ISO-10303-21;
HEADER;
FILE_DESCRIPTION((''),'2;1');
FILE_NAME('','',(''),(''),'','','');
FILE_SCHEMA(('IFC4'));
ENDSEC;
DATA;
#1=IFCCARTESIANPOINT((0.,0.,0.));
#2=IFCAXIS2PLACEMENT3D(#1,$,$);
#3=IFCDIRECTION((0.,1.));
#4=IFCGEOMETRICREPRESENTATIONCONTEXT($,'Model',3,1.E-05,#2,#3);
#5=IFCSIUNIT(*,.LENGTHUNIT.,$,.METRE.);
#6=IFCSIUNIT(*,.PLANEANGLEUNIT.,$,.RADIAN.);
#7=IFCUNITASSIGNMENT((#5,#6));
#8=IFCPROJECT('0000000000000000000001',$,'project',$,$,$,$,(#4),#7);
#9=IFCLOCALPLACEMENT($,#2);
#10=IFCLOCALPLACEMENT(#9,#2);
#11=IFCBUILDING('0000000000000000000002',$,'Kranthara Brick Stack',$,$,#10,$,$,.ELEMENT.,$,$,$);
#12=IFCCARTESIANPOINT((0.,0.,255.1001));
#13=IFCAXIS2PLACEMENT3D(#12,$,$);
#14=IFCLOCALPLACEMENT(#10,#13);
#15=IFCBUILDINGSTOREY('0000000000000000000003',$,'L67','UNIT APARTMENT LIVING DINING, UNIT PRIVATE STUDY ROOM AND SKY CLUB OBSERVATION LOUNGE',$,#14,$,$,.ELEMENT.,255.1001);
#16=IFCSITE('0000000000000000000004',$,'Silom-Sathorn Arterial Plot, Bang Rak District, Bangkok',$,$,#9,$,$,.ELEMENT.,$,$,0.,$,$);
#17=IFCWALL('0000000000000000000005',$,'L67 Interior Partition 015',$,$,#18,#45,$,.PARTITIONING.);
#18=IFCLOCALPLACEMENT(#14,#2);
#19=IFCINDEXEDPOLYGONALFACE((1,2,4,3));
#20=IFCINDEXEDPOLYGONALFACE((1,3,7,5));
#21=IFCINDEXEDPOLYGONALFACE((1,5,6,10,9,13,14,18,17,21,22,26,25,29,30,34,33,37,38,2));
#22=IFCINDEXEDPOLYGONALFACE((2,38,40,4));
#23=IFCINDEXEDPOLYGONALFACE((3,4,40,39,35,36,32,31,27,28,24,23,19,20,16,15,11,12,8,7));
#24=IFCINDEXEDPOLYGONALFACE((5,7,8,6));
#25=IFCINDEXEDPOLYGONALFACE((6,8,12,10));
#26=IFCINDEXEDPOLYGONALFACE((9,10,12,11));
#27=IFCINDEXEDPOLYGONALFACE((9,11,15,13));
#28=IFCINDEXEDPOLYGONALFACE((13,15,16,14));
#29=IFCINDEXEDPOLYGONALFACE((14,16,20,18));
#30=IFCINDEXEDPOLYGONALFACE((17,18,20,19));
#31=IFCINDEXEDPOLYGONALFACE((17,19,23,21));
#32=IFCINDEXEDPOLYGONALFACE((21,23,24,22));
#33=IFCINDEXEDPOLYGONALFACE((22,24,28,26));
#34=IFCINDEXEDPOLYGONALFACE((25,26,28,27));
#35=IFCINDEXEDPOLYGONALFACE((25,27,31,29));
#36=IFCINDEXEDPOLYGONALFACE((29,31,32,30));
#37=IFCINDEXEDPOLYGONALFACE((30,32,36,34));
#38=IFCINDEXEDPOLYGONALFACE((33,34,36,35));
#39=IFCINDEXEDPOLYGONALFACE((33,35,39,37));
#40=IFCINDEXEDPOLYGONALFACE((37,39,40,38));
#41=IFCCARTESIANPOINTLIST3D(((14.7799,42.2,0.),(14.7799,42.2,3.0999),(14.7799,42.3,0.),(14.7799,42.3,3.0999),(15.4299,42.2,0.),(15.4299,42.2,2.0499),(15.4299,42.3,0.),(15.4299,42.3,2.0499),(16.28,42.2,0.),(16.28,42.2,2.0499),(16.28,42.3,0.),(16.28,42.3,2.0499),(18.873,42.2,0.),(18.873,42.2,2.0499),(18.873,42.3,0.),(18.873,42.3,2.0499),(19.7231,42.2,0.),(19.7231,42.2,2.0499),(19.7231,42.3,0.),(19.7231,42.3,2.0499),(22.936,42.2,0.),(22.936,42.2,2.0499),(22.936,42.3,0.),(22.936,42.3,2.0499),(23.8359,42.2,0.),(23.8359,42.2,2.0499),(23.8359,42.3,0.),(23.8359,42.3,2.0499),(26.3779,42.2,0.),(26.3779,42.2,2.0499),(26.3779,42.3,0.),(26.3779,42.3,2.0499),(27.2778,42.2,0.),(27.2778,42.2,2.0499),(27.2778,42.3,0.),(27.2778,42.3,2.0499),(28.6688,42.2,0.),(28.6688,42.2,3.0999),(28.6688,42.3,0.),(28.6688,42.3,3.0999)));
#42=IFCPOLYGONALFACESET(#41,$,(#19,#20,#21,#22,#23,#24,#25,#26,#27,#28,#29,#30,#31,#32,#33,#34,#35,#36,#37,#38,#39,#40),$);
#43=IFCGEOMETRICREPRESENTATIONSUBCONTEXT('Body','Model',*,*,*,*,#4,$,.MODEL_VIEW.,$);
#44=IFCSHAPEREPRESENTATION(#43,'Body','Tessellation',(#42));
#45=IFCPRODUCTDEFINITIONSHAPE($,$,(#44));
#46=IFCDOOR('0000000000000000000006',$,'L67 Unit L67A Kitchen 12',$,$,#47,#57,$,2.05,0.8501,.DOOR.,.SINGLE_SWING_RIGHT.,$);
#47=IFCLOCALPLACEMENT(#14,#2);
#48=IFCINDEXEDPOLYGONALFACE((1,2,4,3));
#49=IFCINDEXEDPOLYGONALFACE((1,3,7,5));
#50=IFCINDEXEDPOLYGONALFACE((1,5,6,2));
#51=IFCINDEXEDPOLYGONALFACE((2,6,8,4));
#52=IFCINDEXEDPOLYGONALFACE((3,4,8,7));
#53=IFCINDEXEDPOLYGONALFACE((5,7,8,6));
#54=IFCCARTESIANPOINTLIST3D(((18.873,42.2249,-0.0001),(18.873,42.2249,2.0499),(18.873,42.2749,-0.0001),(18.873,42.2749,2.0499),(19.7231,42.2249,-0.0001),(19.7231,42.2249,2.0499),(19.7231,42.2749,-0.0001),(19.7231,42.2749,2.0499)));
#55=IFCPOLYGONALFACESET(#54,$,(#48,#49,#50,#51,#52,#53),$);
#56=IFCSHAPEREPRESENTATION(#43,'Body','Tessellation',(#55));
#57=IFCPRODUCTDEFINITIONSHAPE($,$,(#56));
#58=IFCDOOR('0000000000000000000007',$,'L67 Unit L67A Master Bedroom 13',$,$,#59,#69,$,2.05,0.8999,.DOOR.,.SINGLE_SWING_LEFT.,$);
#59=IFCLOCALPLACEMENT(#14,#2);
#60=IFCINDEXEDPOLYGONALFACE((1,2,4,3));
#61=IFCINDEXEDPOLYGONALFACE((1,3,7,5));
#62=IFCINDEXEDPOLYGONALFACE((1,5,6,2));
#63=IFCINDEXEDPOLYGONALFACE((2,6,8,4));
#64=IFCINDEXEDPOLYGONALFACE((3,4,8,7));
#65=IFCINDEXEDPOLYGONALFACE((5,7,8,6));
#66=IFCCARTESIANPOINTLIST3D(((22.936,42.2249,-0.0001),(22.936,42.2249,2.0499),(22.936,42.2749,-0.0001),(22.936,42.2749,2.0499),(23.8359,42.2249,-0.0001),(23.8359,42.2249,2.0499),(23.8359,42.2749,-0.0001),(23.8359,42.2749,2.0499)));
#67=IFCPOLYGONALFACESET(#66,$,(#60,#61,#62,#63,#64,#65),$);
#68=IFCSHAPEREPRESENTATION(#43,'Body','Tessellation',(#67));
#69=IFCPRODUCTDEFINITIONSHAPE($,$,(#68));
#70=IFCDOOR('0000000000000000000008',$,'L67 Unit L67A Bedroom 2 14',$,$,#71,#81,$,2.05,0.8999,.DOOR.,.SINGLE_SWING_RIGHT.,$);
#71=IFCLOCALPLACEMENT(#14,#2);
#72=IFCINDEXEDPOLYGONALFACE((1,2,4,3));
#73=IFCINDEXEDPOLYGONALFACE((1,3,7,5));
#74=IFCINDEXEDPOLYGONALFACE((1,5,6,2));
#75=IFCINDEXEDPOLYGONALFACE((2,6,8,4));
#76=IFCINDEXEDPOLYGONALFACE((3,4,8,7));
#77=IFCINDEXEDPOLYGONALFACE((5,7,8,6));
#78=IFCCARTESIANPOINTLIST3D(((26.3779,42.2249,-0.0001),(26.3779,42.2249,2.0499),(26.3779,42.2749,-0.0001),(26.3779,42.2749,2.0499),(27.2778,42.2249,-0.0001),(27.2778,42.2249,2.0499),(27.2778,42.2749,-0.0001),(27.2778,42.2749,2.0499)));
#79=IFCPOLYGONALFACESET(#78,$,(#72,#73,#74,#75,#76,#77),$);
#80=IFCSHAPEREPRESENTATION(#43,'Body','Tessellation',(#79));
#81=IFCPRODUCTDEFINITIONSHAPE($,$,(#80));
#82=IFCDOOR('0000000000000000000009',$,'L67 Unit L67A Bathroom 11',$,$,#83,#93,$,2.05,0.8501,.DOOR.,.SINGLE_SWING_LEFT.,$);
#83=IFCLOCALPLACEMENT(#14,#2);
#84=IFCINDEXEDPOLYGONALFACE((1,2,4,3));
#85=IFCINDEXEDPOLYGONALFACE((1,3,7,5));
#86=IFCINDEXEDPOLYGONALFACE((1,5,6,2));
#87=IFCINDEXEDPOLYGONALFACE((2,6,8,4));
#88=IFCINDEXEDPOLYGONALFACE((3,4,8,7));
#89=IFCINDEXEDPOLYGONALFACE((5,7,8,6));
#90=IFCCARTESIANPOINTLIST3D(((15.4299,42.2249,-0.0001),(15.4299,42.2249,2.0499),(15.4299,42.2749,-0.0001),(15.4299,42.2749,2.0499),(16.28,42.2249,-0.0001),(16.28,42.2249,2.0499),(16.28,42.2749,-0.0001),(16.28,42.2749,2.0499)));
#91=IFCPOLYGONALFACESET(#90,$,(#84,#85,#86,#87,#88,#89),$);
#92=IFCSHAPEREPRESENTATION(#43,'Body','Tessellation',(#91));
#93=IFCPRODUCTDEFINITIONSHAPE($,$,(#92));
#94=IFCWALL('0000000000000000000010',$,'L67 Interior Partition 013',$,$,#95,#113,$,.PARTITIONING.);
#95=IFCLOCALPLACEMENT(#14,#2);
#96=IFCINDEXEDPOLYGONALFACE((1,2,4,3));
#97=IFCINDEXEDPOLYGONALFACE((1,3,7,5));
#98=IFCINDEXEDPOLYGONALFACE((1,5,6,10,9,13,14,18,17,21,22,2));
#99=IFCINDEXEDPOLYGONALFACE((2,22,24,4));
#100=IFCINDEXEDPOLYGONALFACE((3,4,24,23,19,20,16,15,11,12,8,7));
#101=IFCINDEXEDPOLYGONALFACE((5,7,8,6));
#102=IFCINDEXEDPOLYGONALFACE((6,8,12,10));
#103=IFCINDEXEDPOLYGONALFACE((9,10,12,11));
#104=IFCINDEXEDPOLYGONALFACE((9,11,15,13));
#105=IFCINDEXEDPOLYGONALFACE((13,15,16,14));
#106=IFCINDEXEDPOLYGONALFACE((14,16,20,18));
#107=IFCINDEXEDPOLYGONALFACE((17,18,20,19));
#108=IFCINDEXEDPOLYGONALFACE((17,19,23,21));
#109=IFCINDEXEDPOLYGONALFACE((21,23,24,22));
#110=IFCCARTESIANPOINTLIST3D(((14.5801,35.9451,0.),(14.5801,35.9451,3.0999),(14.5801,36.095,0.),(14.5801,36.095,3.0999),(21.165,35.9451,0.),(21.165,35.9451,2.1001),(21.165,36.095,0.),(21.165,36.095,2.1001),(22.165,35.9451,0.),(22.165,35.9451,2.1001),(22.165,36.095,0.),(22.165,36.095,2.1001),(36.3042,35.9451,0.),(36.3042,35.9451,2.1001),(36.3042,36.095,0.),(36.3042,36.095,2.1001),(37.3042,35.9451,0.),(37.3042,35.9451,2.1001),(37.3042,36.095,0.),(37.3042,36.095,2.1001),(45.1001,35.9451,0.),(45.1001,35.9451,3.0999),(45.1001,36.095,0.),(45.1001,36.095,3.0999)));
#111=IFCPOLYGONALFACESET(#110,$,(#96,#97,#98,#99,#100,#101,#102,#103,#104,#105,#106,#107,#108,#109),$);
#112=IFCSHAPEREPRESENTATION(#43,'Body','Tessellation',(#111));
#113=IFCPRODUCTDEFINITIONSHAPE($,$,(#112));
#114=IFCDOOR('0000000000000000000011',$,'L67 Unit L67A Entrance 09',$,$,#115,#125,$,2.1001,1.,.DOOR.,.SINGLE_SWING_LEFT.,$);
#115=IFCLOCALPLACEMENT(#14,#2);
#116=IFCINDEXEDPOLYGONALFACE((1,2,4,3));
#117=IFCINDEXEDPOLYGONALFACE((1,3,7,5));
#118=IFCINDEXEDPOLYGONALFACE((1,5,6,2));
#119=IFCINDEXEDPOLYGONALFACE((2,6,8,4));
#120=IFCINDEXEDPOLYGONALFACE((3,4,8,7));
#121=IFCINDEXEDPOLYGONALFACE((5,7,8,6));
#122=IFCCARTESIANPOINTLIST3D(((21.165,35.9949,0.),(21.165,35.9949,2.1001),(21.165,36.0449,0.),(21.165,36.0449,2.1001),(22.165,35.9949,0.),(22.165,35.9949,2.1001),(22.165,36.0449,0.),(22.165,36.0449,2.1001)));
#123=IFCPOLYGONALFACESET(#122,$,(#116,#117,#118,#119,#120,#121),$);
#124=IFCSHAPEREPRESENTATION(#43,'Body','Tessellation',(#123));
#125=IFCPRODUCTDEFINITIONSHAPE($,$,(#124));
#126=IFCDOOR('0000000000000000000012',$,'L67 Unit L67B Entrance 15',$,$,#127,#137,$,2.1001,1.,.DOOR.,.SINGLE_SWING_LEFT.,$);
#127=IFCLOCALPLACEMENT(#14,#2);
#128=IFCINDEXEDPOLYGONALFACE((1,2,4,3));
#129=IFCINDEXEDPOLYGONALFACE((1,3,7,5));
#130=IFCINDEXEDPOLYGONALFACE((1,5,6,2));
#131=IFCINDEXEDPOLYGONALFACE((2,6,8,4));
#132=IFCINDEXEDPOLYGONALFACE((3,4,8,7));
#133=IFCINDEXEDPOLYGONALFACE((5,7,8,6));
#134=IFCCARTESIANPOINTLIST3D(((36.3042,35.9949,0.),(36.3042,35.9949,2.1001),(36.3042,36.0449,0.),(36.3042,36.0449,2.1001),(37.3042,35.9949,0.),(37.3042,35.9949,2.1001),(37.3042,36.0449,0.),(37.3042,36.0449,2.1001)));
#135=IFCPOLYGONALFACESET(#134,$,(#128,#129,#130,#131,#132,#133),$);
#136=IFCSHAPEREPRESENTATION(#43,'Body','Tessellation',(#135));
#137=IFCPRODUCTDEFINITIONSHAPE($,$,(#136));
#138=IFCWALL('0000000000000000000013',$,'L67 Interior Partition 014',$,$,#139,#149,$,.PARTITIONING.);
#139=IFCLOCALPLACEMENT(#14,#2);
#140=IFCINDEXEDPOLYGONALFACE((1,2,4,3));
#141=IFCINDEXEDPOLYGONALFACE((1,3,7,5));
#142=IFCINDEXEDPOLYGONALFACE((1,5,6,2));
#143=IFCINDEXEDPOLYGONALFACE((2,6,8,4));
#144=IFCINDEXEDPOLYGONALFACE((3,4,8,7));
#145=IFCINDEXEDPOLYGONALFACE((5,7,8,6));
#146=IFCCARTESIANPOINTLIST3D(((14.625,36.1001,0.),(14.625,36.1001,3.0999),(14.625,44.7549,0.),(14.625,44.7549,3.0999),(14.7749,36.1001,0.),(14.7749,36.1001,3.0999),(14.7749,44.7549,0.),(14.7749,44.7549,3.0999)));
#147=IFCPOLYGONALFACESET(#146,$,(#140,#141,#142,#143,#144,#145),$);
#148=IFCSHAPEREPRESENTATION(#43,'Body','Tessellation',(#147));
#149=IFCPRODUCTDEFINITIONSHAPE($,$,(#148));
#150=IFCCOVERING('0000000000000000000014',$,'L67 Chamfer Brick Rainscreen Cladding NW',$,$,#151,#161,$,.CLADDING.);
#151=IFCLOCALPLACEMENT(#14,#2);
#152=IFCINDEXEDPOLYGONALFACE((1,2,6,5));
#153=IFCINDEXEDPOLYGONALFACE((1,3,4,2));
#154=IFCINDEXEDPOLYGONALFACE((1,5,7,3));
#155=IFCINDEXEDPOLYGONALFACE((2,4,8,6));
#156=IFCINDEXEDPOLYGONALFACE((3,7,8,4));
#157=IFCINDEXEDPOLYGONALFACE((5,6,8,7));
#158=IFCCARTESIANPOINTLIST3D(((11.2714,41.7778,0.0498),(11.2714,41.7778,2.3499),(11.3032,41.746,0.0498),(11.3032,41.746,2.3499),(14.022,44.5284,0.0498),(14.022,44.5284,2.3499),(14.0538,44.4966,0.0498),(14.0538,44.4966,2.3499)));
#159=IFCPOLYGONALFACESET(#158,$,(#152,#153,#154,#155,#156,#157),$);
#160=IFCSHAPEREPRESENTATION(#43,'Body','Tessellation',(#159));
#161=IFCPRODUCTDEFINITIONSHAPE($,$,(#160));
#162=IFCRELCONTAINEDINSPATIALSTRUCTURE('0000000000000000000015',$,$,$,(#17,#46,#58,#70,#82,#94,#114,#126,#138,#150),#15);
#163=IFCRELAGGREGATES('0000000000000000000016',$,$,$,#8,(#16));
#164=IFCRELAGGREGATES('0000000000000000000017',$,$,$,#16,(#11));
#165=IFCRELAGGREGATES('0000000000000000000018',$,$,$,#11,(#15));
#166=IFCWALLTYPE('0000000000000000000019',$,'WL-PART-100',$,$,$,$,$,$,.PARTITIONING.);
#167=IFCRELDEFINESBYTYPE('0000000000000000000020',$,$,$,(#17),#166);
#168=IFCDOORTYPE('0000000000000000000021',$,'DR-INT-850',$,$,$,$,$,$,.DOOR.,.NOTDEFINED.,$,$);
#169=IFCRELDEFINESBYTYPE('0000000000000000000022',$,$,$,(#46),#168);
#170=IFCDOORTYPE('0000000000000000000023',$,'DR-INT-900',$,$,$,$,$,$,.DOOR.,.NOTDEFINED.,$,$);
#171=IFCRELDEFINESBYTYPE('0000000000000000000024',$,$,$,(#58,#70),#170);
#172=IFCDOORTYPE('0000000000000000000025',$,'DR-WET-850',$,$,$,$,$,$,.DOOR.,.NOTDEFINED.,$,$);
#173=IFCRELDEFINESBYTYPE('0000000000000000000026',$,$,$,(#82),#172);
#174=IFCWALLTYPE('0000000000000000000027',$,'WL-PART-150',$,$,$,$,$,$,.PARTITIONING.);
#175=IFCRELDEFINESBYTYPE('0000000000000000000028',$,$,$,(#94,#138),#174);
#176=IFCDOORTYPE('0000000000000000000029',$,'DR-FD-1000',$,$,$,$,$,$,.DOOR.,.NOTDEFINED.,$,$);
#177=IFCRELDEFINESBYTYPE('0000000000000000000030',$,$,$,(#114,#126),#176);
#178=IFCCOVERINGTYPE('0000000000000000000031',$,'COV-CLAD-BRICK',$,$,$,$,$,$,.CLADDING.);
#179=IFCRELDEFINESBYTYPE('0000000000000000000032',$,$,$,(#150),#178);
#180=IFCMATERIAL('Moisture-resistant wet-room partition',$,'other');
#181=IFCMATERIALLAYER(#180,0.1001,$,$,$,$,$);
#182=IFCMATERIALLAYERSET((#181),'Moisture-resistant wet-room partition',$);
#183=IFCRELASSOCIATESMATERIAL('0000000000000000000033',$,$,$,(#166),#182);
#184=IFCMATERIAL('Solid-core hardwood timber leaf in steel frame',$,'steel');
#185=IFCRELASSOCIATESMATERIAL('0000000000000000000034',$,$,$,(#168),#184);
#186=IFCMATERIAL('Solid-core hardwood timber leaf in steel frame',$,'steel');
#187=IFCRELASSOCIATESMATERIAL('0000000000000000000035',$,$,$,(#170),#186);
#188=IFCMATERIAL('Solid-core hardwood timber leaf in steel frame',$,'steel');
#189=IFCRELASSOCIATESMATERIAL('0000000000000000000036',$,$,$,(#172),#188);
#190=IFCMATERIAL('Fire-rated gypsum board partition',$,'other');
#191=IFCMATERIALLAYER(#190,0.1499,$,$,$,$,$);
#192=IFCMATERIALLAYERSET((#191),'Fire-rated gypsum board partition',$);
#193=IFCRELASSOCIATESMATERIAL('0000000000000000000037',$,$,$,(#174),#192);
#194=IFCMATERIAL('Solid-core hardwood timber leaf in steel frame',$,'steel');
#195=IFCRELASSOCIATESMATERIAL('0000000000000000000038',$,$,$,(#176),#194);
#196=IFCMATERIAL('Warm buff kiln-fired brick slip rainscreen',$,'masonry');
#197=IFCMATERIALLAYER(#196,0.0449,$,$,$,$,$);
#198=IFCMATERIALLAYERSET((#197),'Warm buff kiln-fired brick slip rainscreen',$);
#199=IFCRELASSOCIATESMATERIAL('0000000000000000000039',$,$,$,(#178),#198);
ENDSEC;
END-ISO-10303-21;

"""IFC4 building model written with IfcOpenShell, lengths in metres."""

from ifc_helpers import new_model, si_unit, direction, frame, frame_2d, origin, origin_2d, place, context, subcontext, project, spatial, rectangle, extrude, material, layer, layer_set, type_object, element, fill, save


model = new_model("IFC4")

# Units and contexts
model_context = context("Model", 3, precision=1e-05, world=origin(), true_north=direction((0.0, 1.0)))
body_context = subcontext(model_context, "Body", "Model", "MODEL_VIEW")
ifc_project = project(units=[si_unit("LENGTHUNIT", "METRE"), si_unit("PLANEANGLEUNIT", "RADIAN")], contexts=[model_context])

# Site, building, storey
site_placement = place(None, origin())
site = spatial("IfcSite", under=ifc_project, at=site_placement, Name="Silom-Sathorn Arterial Plot, Bang Rak District, Bangkok", CompositionType="ELEMENT", RefElevation=0.0)
building_placement = place(site_placement, origin())
building = spatial("IfcBuilding", under=site, at=building_placement, Name="Kranthara Brick Stack", CompositionType="ELEMENT")
storey_placement = place(building_placement, frame((0.0, 0.0, 255.1001)))
storey = spatial("IfcBuildingStorey", under=building, at=storey_placement, Name="L67", Description="UNIT APARTMENT LIVING DINING, UNIT PRIVATE STUDY ROOM AND SKY CLUB OBSERVATION LOUNGE", CompositionType="ELEMENT", Elevation=255.1001)

# Walls, openings, doors
ifc_material_1 = material(Name="Moisture-resistant wet-room partition", Category="other")
ifc_layer_1 = layer(ifc_material_1, 0.1001)
ifc_layer_set_1 = layer_set([ifc_layer_1], Name="Moisture-resistant wet-room partition")
wall_type_1 = type_object("IfcWallType", Name="WL-PART-100", PredefinedType="PARTITIONING", material=ifc_layer_set_1)
wall_1_placement = place(storey_placement, frame((14.78, 42.25, 0.0), z_axis=(0.0, 0.0, 1.0), x_axis=(1.0, 0.0, 0.0)))
wall_1 = element("IfcWall", 1, at=wall_1_placement, inside=storey, type_object=wall_type_1, Name="L67 Interior Partition 015", PredefinedType="PARTITIONING", context=body_context, shape_type="SweptSolid", body=[
    extrude(rectangle(XDim=13.8889, YDim=0.1001, at=frame_2d((6.9443, 0.0))), origin(), (0.0, 0.0, 1.0), 3.0999),
])
opening_1_placement = place(wall_1_placement, frame((0.6499, 0.0, 0.0)))
opening_1 = element("IfcOpeningElement", 2, at=opening_1_placement, cuts=wall_1, PredefinedType="OPENING", context=body_context, shape_type="SweptSolid", body=[
    extrude(rectangle(XDim=0.8501, YDim=2.05, at=frame_2d((0.425, 1.0249))), frame((0.0, 0.0601, 0.0), z_axis=(0.0, -1.0, 0.0), x_axis=(1.0, 0.0, 0.0)), (0.0, 0.0, 1.0), 0.1201),
])
opening_2_placement = place(wall_1_placement, frame((4.093, 0.0, 0.0)))
opening_2 = element("IfcOpeningElement", 3, at=opening_2_placement, cuts=wall_1, PredefinedType="OPENING", context=body_context, shape_type="SweptSolid", body=[
    extrude(rectangle(XDim=0.8501, YDim=2.05, at=frame_2d((0.425, 1.0249))), frame((0.0, 0.0601, 0.0), z_axis=(0.0, -1.0, 0.0), x_axis=(1.0, 0.0, 0.0)), (0.0, 0.0, 1.0), 0.1201),
])
opening_3_placement = place(wall_1_placement, frame((8.156, 0.0, 0.0)))
opening_3 = element("IfcOpeningElement", 4, at=opening_3_placement, cuts=wall_1, PredefinedType="OPENING", context=body_context, shape_type="SweptSolid", body=[
    extrude(rectangle(XDim=0.8999, YDim=2.05, at=frame_2d((0.45, 1.0249))), frame((0.0, 0.0601, 0.0), z_axis=(0.0, -1.0, 0.0), x_axis=(1.0, 0.0, 0.0)), (0.0, 0.0, 1.0), 0.1201),
])
opening_4_placement = place(wall_1_placement, frame((11.5979, 0.0, 0.0)))
opening_4 = element("IfcOpeningElement", 5, at=opening_4_placement, cuts=wall_1, PredefinedType="OPENING", context=body_context, shape_type="SweptSolid", body=[
    extrude(rectangle(XDim=0.8999, YDim=2.05, at=frame_2d((0.45, 1.0249))), frame((0.0, 0.0601, 0.0), z_axis=(0.0, -1.0, 0.0), x_axis=(1.0, 0.0, 0.0)), (0.0, 0.0, 1.0), 0.1201),
])
ifc_material_2 = material(Name="Solid-core hardwood timber leaf in steel frame", Category="steel")
door_type_1 = type_object("IfcDoorType", Name="DR-INT-850", OperationType="NOTDEFINED", PredefinedType="DOOR", material=ifc_material_2)
door_1_placement = place(opening_2_placement, origin())
door_1 = element("IfcDoor", 6, at=door_1_placement, inside=storey, type_object=door_type_1, Name="L67 Unit L67A Kitchen 12", OperationType="SINGLE_SWING_RIGHT", OverallHeight=2.05, OverallWidth=0.8501, PredefinedType="DOOR", context=body_context, shape_type="SweptSolid", body=[
    extrude(rectangle(XDim=0.8501, YDim=2.05, at=frame_2d((0.425, 1.0249))), frame((0.0, 0.0249, 0.0), z_axis=(0.0, -1.0, 0.0), x_axis=(1.0, 0.0, 0.0)), (0.0, 0.0, 1.0), 0.05),
])
fill(opening_2, door_1)
ifc_material_3 = material(Name="Solid-core hardwood timber leaf in steel frame", Category="steel")
door_type_2 = type_object("IfcDoorType", Name="DR-INT-900", OperationType="NOTDEFINED", PredefinedType="DOOR", material=ifc_material_3)
door_2_placement = place(opening_3_placement, origin())
door_2 = element("IfcDoor", 7, at=door_2_placement, inside=storey, type_object=door_type_2, Name="L67 Unit L67A Master Bedroom 13", OperationType="SINGLE_SWING_LEFT", OverallHeight=2.05, OverallWidth=0.8999, PredefinedType="DOOR", context=body_context, shape_type="SweptSolid", body=[
    extrude(rectangle(XDim=0.8999, YDim=2.05, at=frame_2d((0.45, 1.0249))), frame((0.0, 0.0249, 0.0), z_axis=(0.0, -1.0, 0.0), x_axis=(1.0, 0.0, 0.0)), (0.0, 0.0, 1.0), 0.05),
])
fill(opening_3, door_2)
door_3_placement = place(opening_4_placement, origin())
door_3 = element("IfcDoor", 8, at=door_3_placement, inside=storey, type_object=door_type_2, Name="L67 Unit L67A Bedroom 2 14", OperationType="SINGLE_SWING_RIGHT", OverallHeight=2.05, OverallWidth=0.8999, PredefinedType="DOOR", context=body_context, shape_type="SweptSolid", body=[
    extrude(rectangle(XDim=0.8999, YDim=2.05, at=frame_2d((0.45, 1.0249))), frame((0.0, 0.0249, 0.0), z_axis=(0.0, -1.0, 0.0), x_axis=(1.0, 0.0, 0.0)), (0.0, 0.0, 1.0), 0.05),
])
fill(opening_4, door_3)
ifc_material_4 = material(Name="Solid-core hardwood timber leaf in steel frame", Category="steel")
door_type_3 = type_object("IfcDoorType", Name="DR-WET-850", OperationType="NOTDEFINED", PredefinedType="DOOR", material=ifc_material_4)
door_4_placement = place(opening_1_placement, origin())
door_4 = element("IfcDoor", 9, at=door_4_placement, inside=storey, type_object=door_type_3, Name="L67 Unit L67A Bathroom 11", OperationType="SINGLE_SWING_LEFT", OverallHeight=2.05, OverallWidth=0.8501, PredefinedType="DOOR", context=body_context, shape_type="SweptSolid", body=[
    extrude(rectangle(XDim=0.8501, YDim=2.05, at=frame_2d((0.425, 1.0249))), frame((0.0, 0.0249, 0.0), z_axis=(0.0, -1.0, 0.0), x_axis=(1.0, 0.0, 0.0)), (0.0, 0.0, 1.0), 0.05),
])
fill(opening_1, door_4)
ifc_material_5 = material(Name="Fire-rated gypsum board partition", Category="other")
ifc_layer_2 = layer(ifc_material_5, 0.1499)
ifc_layer_set_2 = layer_set([ifc_layer_2], Name="Fire-rated gypsum board partition")
wall_type_2 = type_object("IfcWallType", Name="WL-PART-150", PredefinedType="PARTITIONING", material=ifc_layer_set_2)
wall_2_placement = place(storey_placement, frame((14.5801, 36.02, 0.0), z_axis=(0.0, 0.0, 1.0), x_axis=(1.0, 0.0, 0.0)))
wall_2 = element("IfcWall", 10, at=wall_2_placement, inside=storey, type_object=wall_type_2, Name="L67 Interior Partition 013", PredefinedType="PARTITIONING", context=body_context, shape_type="SweptSolid", body=[
    extrude(rectangle(XDim=30.52, YDim=0.1499, at=frame_2d((15.26, 0.0))), origin(), (0.0, 0.0, 1.0), 3.0999),
])
opening_5_placement = place(wall_2_placement, frame((6.585, 0.0, 0.0)))
opening_5 = element("IfcOpeningElement", 11, at=opening_5_placement, cuts=wall_2, PredefinedType="OPENING", context=body_context, shape_type="SweptSolid", body=[
    extrude(rectangle(XDim=1.0, YDim=2.1001, at=frame_2d((0.5, 1.05))), frame((0.0, 0.085, 0.0), z_axis=(0.0, -1.0, 0.0), x_axis=(1.0, 0.0, 0.0)), (0.0, 0.0, 1.0), 0.1699),
])
opening_6_placement = place(wall_2_placement, frame((21.7241, 0.0, 0.0)))
opening_6 = element("IfcOpeningElement", 12, at=opening_6_placement, cuts=wall_2, PredefinedType="OPENING", context=body_context, shape_type="SweptSolid", body=[
    extrude(rectangle(XDim=1.0, YDim=2.1001, at=frame_2d((0.5, 1.05))), frame((0.0, 0.085, 0.0), z_axis=(0.0, -1.0, 0.0), x_axis=(1.0, 0.0, 0.0)), (0.0, 0.0, 1.0), 0.1699),
])
ifc_material_6 = material(Name="Solid-core hardwood timber leaf in steel frame", Category="steel")
door_type_4 = type_object("IfcDoorType", Name="DR-FD-1000", OperationType="NOTDEFINED", PredefinedType="DOOR", material=ifc_material_6)
door_5_placement = place(opening_5_placement, origin())
door_5 = element("IfcDoor", 13, at=door_5_placement, inside=storey, type_object=door_type_4, Name="L67 Unit L67A Entrance 09", OperationType="SINGLE_SWING_LEFT", OverallHeight=2.1001, OverallWidth=1.0, PredefinedType="DOOR", context=body_context, shape_type="SweptSolid", body=[
    extrude(rectangle(XDim=1.0, YDim=2.1001, at=frame_2d((0.5, 1.05))), frame((0.0, 0.0249, 0.0), z_axis=(0.0, -1.0, 0.0), x_axis=(1.0, 0.0, 0.0)), (0.0, 0.0, 1.0), 0.05),
])
fill(opening_5, door_5)
door_6_placement = place(opening_6_placement, origin())
door_6 = element("IfcDoor", 14, at=door_6_placement, inside=storey, type_object=door_type_4, Name="L67 Unit L67B Entrance 15", OperationType="SINGLE_SWING_LEFT", OverallHeight=2.1001, OverallWidth=1.0, PredefinedType="DOOR", context=body_context, shape_type="SweptSolid", body=[
    extrude(rectangle(XDim=1.0, YDim=2.1001, at=frame_2d((0.5, 1.05))), frame((0.0, 0.0249, 0.0), z_axis=(0.0, -1.0, 0.0), x_axis=(1.0, 0.0, 0.0)), (0.0, 0.0, 1.0), 0.05),
])
fill(opening_6, door_6)

# Wall
wall_3_placement = place(storey_placement, frame((14.7, 36.1001, 0.0), z_axis=(0.0, 0.0, 1.0), x_axis=(0.0, 1.0, 0.0)))
element("IfcWall", 15, at=wall_3_placement, inside=storey, type_object=wall_type_2, Name="L67 Interior Partition 014", PredefinedType="PARTITIONING", context=body_context, shape_type="SweptSolid", body=[
    extrude(rectangle(XDim=8.6548, YDim=0.1499, at=frame_2d((4.3274, 0.0))), origin(), (0.0, 0.0, 1.0), 3.0999),
])

# Covering
ifc_material_7 = material(Name="Warm buff kiln-fired brick slip rainscreen", Category="masonry")
ifc_layer_3 = layer(ifc_material_7, 0.0449)
ifc_layer_set_3 = layer_set([ifc_layer_3], Name="Warm buff kiln-fired brick slip rainscreen")
covering_type = type_object("IfcCoveringType", Name="COV-CLAD-BRICK", PredefinedType="CLADDING", material=ifc_layer_set_3)
covering_placement = place(storey_placement, frame((12.6626, 43.1372, 0.0498), z_axis=(0.0, 0.0, 1.0), x_axis=(0.707107, 0.707107, 0.0)))
element("IfcCovering", 16, at=covering_placement, inside=storey, type_object=covering_type, Name="L67 Chamfer Brick Rainscreen Cladding NW", PredefinedType="CLADDING", context=body_context, shape_type="SweptSolid", body=[
    extrude(rectangle(XDim=3.8899, YDim=0.0449, at=origin_2d()), origin(), (0.0, 0.0, 1.0), 2.3),
])

save(model, "model.ifc")
